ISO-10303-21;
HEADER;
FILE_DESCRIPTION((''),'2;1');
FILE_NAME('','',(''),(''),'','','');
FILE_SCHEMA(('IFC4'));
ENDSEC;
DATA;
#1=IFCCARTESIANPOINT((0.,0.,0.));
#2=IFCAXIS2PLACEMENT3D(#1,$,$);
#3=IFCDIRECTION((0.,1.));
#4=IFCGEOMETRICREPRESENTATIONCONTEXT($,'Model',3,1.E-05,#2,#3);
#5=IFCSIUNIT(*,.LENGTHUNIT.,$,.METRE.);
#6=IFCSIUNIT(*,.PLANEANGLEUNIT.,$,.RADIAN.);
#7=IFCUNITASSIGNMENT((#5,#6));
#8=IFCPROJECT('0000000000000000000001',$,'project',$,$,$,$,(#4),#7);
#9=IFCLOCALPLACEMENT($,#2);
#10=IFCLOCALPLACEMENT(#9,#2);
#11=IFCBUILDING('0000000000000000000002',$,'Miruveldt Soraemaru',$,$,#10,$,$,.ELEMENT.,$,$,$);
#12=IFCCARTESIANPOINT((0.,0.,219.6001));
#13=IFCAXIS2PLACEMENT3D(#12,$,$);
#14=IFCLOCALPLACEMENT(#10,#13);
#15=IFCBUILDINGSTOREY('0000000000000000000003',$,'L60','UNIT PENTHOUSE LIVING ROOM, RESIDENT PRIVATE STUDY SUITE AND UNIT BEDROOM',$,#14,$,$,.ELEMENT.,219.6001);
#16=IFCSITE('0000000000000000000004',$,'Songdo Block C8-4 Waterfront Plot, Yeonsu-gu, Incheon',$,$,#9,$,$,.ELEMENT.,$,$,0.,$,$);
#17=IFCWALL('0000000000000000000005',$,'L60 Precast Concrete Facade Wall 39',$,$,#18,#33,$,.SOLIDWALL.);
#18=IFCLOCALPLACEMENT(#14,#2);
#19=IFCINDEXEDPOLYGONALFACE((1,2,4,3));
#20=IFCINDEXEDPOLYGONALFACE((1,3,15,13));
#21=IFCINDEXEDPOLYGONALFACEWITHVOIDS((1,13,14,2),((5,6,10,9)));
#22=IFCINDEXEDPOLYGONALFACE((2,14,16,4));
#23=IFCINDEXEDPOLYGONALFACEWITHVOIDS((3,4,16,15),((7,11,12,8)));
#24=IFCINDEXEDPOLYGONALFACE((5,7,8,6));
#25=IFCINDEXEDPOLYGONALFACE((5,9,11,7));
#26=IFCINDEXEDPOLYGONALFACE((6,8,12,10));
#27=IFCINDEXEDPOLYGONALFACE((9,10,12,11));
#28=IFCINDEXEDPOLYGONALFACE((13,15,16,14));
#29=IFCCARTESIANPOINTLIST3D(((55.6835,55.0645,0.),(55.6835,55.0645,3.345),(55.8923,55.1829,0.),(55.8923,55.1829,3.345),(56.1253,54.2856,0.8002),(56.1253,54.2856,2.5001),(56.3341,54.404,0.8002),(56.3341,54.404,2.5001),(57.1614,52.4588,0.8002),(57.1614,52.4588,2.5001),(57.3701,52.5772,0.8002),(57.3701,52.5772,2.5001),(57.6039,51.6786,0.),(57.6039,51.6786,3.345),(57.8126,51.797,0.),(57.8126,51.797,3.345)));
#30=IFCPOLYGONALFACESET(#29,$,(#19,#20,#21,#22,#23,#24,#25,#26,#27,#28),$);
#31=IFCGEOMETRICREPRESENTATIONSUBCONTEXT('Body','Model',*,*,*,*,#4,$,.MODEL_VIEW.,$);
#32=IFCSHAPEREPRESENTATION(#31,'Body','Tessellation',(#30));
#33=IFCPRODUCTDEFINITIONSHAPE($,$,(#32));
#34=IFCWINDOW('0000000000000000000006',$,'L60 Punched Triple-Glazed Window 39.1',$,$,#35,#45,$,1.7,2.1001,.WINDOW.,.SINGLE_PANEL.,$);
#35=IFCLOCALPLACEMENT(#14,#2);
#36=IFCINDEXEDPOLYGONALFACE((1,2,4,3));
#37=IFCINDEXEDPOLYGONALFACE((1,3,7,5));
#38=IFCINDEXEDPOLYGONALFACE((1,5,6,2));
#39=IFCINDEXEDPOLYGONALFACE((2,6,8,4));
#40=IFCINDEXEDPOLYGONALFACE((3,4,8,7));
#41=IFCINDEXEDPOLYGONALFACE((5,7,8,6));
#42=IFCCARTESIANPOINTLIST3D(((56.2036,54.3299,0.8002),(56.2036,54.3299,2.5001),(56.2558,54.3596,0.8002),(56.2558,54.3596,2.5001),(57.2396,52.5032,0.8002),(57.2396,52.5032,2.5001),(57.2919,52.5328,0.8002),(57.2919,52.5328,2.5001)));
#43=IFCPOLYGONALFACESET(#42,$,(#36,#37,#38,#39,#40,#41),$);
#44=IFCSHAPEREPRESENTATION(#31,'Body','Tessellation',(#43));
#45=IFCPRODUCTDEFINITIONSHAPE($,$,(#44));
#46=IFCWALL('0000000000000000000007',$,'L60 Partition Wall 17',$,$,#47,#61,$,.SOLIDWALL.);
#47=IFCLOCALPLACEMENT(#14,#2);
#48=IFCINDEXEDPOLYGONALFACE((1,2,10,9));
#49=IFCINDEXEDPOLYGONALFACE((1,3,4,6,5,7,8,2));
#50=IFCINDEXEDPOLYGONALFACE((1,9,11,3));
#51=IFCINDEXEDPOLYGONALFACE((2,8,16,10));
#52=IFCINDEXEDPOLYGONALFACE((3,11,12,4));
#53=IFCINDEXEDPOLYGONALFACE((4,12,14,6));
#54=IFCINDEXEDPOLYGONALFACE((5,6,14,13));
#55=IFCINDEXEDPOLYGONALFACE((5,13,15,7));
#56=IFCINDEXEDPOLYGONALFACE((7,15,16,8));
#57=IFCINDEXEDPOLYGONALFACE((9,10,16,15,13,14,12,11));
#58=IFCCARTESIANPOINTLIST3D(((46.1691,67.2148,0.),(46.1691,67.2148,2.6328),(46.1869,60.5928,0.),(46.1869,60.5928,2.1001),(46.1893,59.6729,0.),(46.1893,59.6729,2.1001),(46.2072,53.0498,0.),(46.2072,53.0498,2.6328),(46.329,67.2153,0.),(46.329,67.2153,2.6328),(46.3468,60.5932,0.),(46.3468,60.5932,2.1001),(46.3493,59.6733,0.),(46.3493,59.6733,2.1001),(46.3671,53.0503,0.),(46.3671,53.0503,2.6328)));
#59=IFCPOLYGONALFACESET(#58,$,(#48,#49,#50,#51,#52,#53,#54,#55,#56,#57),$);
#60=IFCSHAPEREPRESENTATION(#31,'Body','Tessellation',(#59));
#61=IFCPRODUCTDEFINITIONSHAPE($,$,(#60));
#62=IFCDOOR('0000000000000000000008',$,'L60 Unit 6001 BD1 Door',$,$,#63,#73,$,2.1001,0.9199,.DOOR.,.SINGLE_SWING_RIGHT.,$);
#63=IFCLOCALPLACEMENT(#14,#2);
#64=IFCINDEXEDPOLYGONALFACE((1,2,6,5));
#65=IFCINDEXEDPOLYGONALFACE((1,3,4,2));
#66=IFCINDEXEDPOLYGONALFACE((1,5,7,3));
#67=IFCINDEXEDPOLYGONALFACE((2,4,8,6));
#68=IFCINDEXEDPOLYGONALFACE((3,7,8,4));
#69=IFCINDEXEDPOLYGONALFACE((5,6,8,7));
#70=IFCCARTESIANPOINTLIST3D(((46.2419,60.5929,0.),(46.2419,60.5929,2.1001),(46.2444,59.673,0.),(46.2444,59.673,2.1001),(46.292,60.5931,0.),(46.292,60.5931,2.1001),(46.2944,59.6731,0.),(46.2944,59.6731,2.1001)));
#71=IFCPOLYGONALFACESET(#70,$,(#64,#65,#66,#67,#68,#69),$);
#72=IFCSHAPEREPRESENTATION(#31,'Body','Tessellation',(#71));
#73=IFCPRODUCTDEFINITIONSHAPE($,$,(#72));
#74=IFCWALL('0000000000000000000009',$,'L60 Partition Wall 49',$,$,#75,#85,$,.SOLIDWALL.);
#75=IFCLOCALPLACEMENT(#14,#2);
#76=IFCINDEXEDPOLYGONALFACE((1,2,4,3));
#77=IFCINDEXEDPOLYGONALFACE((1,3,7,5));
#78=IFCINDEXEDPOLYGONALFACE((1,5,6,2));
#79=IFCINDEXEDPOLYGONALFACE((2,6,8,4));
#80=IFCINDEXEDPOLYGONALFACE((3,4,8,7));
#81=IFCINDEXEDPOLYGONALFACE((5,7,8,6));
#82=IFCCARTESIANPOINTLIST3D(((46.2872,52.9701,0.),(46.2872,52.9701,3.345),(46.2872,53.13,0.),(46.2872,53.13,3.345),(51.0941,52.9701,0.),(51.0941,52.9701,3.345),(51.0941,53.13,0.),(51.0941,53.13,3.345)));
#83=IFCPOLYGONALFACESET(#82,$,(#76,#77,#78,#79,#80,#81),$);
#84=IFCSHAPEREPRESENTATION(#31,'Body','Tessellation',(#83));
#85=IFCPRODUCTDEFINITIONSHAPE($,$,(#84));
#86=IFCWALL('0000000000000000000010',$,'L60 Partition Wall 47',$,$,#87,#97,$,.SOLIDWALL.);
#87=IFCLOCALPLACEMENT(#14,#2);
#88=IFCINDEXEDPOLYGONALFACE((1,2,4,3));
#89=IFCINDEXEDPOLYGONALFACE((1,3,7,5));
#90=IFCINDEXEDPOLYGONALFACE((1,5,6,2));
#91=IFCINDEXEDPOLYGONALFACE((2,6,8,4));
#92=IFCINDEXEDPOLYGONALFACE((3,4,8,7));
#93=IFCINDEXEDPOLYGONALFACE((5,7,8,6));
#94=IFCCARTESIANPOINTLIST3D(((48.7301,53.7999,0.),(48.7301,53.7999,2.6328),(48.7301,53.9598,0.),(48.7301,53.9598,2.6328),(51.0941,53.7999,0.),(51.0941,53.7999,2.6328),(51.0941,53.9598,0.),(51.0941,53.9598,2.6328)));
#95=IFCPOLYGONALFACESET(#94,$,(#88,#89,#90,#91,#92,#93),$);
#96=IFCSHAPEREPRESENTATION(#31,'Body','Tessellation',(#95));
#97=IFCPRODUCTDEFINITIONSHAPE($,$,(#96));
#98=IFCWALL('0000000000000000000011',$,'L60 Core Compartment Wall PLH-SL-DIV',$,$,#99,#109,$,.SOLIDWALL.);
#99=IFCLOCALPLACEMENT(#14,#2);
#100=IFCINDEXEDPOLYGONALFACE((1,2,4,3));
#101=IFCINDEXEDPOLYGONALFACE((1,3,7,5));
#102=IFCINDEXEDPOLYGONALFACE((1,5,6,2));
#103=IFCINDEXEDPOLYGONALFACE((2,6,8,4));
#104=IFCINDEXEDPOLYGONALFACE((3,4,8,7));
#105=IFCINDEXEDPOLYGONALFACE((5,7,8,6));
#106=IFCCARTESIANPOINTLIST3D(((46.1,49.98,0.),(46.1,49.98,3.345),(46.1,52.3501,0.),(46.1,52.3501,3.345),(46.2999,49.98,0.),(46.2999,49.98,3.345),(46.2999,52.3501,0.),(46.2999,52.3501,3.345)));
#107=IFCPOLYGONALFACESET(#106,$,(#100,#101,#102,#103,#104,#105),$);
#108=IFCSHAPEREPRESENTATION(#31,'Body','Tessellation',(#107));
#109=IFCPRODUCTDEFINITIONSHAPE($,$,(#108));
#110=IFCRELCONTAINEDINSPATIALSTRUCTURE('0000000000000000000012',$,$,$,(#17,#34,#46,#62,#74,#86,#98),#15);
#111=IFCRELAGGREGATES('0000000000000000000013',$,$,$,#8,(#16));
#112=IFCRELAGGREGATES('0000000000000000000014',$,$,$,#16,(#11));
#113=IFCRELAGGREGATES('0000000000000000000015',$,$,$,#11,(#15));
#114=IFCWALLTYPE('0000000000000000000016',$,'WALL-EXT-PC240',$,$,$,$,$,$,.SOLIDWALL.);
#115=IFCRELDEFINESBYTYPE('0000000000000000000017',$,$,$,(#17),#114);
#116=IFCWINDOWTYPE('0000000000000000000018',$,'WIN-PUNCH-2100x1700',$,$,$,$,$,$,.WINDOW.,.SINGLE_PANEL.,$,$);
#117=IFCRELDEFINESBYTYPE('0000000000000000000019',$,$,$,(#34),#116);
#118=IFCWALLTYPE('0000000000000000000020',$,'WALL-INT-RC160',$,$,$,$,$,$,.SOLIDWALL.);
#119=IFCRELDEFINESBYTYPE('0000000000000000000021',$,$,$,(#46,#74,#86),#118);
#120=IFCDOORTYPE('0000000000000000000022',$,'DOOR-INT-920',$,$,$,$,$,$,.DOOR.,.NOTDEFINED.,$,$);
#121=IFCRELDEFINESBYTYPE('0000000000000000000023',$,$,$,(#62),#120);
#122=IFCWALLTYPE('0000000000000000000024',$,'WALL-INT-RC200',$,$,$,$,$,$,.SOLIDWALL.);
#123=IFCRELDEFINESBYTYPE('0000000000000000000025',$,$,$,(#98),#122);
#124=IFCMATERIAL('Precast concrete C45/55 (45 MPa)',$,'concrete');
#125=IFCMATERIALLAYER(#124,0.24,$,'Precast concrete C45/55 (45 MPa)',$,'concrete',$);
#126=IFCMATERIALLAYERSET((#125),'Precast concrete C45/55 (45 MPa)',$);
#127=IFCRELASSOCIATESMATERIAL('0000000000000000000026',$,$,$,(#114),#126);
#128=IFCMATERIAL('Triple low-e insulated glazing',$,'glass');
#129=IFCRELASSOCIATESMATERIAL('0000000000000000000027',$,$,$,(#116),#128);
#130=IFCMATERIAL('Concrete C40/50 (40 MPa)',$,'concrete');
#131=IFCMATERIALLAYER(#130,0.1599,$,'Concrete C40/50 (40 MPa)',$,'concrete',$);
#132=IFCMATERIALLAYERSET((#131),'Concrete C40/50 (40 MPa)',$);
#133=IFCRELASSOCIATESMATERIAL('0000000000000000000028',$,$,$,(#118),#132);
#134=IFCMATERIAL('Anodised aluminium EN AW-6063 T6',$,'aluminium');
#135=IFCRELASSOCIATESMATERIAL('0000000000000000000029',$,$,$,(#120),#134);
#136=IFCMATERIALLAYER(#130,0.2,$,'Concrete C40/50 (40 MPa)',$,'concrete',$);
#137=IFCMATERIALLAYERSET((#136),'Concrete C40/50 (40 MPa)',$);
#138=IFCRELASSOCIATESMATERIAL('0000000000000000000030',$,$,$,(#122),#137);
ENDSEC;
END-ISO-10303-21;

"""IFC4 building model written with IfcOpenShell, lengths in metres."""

from ifc_helpers import new_model, si_unit, direction, frame, frame_2d, origin, place, context, subcontext, project, spatial, rectangle, extrude, material, layer, layer_set, type_object, element, fill, save


model = new_model("IFC4")

# Units and contexts
model_context = context("Model", 3, precision=1e-05, world=origin(), true_north=direction((0.0, 1.0)))
body_context = subcontext(model_context, "Body", "Model", "MODEL_VIEW")
ifc_project = project(units=[si_unit("LENGTHUNIT", "METRE"), si_unit("PLANEANGLEUNIT", "RADIAN")], contexts=[model_context])

# Site, building, storey
site_placement = place(None, origin())
site = spatial("IfcSite", under=ifc_project, at=site_placement, Name="Songdo Block C8-4 Waterfront Plot, Yeonsu-gu, Incheon", CompositionType="ELEMENT", RefElevation=0.0)
building_placement = place(site_placement, origin())
building = spatial("IfcBuilding", under=site, at=building_placement, Name="Miruveldt Soraemaru", CompositionType="ELEMENT")
storey_placement = place(building_placement, frame((0.0, 0.0, 219.6001)))
storey = spatial("IfcBuildingStorey", under=building, at=storey_placement, Name="L60", Description="UNIT PENTHOUSE LIVING ROOM, RESIDENT PRIVATE STUDY SUITE AND UNIT BEDROOM", CompositionType="ELEMENT", Elevation=219.6001)

# Shared definitions
ifc_material_1 = material(Name="Anodised aluminium EN AW-6063 T6", Category="aluminium")

# Wall, opening, window
ifc_material_2 = material(Name="Precast concrete C45/55 (45 MPa)", Category="concrete")
ifc_layer_1 = layer(ifc_material_2, 0.24, Name="Precast concrete C45/55 (45 MPa)", Category="concrete")
ifc_layer_set_1 = layer_set([ifc_layer_1], Name="Precast concrete C45/55 (45 MPa)")
wall_type_1 = type_object("IfcWallType", Name="WALL-EXT-PC240", PredefinedType="SOLIDWALL", material=ifc_layer_set_1)
wall_1_placement = place(storey_placement, frame((57.7083, 51.7378, 0.0), z_axis=(0.0, 0.0, 1.0), x_axis=(-0.49334, 0.869837, 0.0)))
wall_1 = element("IfcWall", 1, at=wall_1_placement, inside=storey, type_object=wall_type_1, Name="L60 Precast Concrete Facade Wall 39", PredefinedType="SOLIDWALL", context=body_context, shape_type="SweptSolid", body=[
    extrude(rectangle(XDim=3.8926, YDim=0.24, at=frame_2d((1.9463, 0.0))), origin(), (0.0, 0.0, 1.0), 3.345),
])
opening_1_placement = place(wall_1_placement, frame((0.897, 0.0, 0.8)))
opening_1 = element("IfcOpeningElement", 2, at=opening_1_placement, cuts=wall_1, PredefinedType="OPENING", context=body_context, shape_type="SweptSolid", body=[
    extrude(rectangle(XDim=2.1001, YDim=1.7, at=frame_2d((1.05, 0.8501))), frame((0.0, 0.1299, 0.0), z_axis=(0.0, -1.0, 0.0), x_axis=(1.0, 0.0, 0.0)), (0.0, 0.0, 1.0), 0.26),
])
ifc_material_3 = material(Name="Triple low-e insulated glazing", Category="glass")
window_type = type_object("IfcWindowType", Name="WIN-PUNCH-2100x1700", PartitioningType="SINGLE_PANEL", PredefinedType="WINDOW", material=ifc_material_3)
window_placement = place(opening_1_placement, origin())
window = element("IfcWindow", 3, at=window_placement, inside=storey, type_object=window_type, Name="L60 Punched Triple-Glazed Window 39.1", OverallHeight=1.7, OverallWidth=2.1001, PartitioningType="SINGLE_PANEL", PredefinedType="WINDOW", context=body_context, shape_type="SweptSolid", body=[
    extrude(rectangle(XDim=2.1001, YDim=1.7, at=frame_2d((1.05, 0.8501))), frame((0.0, 0.03, 0.0), z_axis=(0.0, -1.0, 0.0), x_axis=(1.0, 0.0, 0.0)), (0.0, 0.0, 1.0), 0.0601),
])
fill(opening_1, window)

# Wall, opening, door
ifc_material_4 = material(Name="Concrete C40/50 (40 MPa)", Category="concrete")
ifc_layer_2 = layer(ifc_material_4, 0.1599, Name="Concrete C40/50 (40 MPa)", Category="concrete")
ifc_layer_set_2 = layer_set([ifc_layer_2], Name="Concrete C40/50 (40 MPa)")
wall_type_2 = type_object("IfcWallType", Name="WALL-INT-RC160", PredefinedType="SOLIDWALL", material=ifc_layer_set_2)
wall_2_placement = place(storey_placement, frame((46.2871, 53.05, 0.0), z_axis=(0.0, 0.0, 1.0), x_axis=(-0.002689, 0.999996, 0.0)))
wall_2 = element("IfcWall", 4, at=wall_2_placement, inside=storey, type_object=wall_type_2, Name="L60 Partition Wall 17", PredefinedType="SOLIDWALL", context=body_context, shape_type="SweptSolid", body=[
    extrude(rectangle(XDim=14.165, YDim=0.1599, at=frame_2d((7.0825, 0.0))), origin(), (0.0, 0.0, 1.0), 2.6328),
])
opening_2_placement = place(wall_2_placement, frame((6.623, 0.0, 0.0)))
opening_2 = element("IfcOpeningElement", 5, at=opening_2_placement, cuts=wall_2, PredefinedType="OPENING", context=body_context, shape_type="SweptSolid", body=[
    extrude(rectangle(XDim=0.9199, YDim=2.1001, at=frame_2d((0.46, 1.05))), frame((0.0, 0.0898, 0.0), z_axis=(0.0, -1.0, 0.0), x_axis=(1.0, 0.0, 0.0)), (0.0, 0.0, 1.0), 0.1799),
])
door_type_1 = type_object("IfcDoorType", Name="DOOR-INT-920", OperationType="NOTDEFINED", PredefinedType="DOOR", material=ifc_material_1)
door_1_placement = place(opening_2_placement, origin())
door_1 = element("IfcDoor", 6, at=door_1_placement, inside=storey, type_object=door_type_1, Name="L60 Unit 6001 BD1 Door", OperationType="SINGLE_SWING_RIGHT", OverallHeight=2.1001, OverallWidth=0.9199, PredefinedType="DOOR", context=body_context, shape_type="SweptSolid", body=[
    extrude(rectangle(XDim=0.9199, YDim=2.1001, at=frame_2d((0.46, 1.05))), frame((0.0, 0.0249, 0.0), z_axis=(0.0, -1.0, 0.0), x_axis=(1.0, 0.0, 0.0)), (0.0, 0.0, 1.0), 0.05),
])
fill(opening_2, door_1)

# Walls
wall_3_placement = place(storey_placement, frame((51.094, 53.05, 0.0), z_axis=(0.0, 0.0, 1.0), x_axis=(-1.0, 0.0, 0.0)))
element("IfcWall", 7, at=wall_3_placement, inside=storey, type_object=wall_type_2, Name="L60 Partition Wall 49", PredefinedType="SOLIDWALL", context=body_context, shape_type="SweptSolid", body=[
    extrude(rectangle(XDim=4.8069, YDim=0.1599, at=frame_2d((2.4033, 0.0))), origin(), (0.0, 0.0, 1.0), 3.345),
])
wall_4_placement = place(storey_placement, frame((48.73, 53.8799, 0.0), z_axis=(0.0, 0.0, 1.0), x_axis=(1.0, 0.0, 0.0)))
element("IfcWall", 8, at=wall_4_placement, inside=storey, type_object=wall_type_2, Name="L60 Partition Wall 47", PredefinedType="SOLIDWALL", context=body_context, shape_type="SweptSolid", body=[
    extrude(rectangle(XDim=2.364, YDim=0.1599, at=frame_2d((1.1821, 0.0))), origin(), (0.0, 0.0, 1.0), 2.6328),
])

# Shared definitions
ifc_layer_3 = layer(ifc_material_4, 0.2, Name="Concrete C40/50 (40 MPa)", Category="concrete")
ifc_layer_set_3 = layer_set([ifc_layer_3], Name="Concrete C40/50 (40 MPa)")
wall_type_3 = type_object("IfcWallType", Name="WALL-INT-RC200", PredefinedType="SOLIDWALL", material=ifc_layer_set_3)

# Wall
wall_5_placement = place(storey_placement, frame((46.2, 49.98, 0.0), z_axis=(0.0, 0.0, 1.0), x_axis=(0.0, 1.0, 0.0)))
element("IfcWall", 9, at=wall_5_placement, inside=storey, type_object=wall_type_3, Name="L60 Core Compartment Wall PLH-SL-DIV", PredefinedType="SOLIDWALL", context=body_context, shape_type="SweptSolid", body=[
    extrude(rectangle(XDim=2.3701, YDim=0.2, at=frame_2d((1.1851, 0.0))), origin(), (0.0, 0.0, 1.0), 3.345),
])

save(model, "model.ifc")
